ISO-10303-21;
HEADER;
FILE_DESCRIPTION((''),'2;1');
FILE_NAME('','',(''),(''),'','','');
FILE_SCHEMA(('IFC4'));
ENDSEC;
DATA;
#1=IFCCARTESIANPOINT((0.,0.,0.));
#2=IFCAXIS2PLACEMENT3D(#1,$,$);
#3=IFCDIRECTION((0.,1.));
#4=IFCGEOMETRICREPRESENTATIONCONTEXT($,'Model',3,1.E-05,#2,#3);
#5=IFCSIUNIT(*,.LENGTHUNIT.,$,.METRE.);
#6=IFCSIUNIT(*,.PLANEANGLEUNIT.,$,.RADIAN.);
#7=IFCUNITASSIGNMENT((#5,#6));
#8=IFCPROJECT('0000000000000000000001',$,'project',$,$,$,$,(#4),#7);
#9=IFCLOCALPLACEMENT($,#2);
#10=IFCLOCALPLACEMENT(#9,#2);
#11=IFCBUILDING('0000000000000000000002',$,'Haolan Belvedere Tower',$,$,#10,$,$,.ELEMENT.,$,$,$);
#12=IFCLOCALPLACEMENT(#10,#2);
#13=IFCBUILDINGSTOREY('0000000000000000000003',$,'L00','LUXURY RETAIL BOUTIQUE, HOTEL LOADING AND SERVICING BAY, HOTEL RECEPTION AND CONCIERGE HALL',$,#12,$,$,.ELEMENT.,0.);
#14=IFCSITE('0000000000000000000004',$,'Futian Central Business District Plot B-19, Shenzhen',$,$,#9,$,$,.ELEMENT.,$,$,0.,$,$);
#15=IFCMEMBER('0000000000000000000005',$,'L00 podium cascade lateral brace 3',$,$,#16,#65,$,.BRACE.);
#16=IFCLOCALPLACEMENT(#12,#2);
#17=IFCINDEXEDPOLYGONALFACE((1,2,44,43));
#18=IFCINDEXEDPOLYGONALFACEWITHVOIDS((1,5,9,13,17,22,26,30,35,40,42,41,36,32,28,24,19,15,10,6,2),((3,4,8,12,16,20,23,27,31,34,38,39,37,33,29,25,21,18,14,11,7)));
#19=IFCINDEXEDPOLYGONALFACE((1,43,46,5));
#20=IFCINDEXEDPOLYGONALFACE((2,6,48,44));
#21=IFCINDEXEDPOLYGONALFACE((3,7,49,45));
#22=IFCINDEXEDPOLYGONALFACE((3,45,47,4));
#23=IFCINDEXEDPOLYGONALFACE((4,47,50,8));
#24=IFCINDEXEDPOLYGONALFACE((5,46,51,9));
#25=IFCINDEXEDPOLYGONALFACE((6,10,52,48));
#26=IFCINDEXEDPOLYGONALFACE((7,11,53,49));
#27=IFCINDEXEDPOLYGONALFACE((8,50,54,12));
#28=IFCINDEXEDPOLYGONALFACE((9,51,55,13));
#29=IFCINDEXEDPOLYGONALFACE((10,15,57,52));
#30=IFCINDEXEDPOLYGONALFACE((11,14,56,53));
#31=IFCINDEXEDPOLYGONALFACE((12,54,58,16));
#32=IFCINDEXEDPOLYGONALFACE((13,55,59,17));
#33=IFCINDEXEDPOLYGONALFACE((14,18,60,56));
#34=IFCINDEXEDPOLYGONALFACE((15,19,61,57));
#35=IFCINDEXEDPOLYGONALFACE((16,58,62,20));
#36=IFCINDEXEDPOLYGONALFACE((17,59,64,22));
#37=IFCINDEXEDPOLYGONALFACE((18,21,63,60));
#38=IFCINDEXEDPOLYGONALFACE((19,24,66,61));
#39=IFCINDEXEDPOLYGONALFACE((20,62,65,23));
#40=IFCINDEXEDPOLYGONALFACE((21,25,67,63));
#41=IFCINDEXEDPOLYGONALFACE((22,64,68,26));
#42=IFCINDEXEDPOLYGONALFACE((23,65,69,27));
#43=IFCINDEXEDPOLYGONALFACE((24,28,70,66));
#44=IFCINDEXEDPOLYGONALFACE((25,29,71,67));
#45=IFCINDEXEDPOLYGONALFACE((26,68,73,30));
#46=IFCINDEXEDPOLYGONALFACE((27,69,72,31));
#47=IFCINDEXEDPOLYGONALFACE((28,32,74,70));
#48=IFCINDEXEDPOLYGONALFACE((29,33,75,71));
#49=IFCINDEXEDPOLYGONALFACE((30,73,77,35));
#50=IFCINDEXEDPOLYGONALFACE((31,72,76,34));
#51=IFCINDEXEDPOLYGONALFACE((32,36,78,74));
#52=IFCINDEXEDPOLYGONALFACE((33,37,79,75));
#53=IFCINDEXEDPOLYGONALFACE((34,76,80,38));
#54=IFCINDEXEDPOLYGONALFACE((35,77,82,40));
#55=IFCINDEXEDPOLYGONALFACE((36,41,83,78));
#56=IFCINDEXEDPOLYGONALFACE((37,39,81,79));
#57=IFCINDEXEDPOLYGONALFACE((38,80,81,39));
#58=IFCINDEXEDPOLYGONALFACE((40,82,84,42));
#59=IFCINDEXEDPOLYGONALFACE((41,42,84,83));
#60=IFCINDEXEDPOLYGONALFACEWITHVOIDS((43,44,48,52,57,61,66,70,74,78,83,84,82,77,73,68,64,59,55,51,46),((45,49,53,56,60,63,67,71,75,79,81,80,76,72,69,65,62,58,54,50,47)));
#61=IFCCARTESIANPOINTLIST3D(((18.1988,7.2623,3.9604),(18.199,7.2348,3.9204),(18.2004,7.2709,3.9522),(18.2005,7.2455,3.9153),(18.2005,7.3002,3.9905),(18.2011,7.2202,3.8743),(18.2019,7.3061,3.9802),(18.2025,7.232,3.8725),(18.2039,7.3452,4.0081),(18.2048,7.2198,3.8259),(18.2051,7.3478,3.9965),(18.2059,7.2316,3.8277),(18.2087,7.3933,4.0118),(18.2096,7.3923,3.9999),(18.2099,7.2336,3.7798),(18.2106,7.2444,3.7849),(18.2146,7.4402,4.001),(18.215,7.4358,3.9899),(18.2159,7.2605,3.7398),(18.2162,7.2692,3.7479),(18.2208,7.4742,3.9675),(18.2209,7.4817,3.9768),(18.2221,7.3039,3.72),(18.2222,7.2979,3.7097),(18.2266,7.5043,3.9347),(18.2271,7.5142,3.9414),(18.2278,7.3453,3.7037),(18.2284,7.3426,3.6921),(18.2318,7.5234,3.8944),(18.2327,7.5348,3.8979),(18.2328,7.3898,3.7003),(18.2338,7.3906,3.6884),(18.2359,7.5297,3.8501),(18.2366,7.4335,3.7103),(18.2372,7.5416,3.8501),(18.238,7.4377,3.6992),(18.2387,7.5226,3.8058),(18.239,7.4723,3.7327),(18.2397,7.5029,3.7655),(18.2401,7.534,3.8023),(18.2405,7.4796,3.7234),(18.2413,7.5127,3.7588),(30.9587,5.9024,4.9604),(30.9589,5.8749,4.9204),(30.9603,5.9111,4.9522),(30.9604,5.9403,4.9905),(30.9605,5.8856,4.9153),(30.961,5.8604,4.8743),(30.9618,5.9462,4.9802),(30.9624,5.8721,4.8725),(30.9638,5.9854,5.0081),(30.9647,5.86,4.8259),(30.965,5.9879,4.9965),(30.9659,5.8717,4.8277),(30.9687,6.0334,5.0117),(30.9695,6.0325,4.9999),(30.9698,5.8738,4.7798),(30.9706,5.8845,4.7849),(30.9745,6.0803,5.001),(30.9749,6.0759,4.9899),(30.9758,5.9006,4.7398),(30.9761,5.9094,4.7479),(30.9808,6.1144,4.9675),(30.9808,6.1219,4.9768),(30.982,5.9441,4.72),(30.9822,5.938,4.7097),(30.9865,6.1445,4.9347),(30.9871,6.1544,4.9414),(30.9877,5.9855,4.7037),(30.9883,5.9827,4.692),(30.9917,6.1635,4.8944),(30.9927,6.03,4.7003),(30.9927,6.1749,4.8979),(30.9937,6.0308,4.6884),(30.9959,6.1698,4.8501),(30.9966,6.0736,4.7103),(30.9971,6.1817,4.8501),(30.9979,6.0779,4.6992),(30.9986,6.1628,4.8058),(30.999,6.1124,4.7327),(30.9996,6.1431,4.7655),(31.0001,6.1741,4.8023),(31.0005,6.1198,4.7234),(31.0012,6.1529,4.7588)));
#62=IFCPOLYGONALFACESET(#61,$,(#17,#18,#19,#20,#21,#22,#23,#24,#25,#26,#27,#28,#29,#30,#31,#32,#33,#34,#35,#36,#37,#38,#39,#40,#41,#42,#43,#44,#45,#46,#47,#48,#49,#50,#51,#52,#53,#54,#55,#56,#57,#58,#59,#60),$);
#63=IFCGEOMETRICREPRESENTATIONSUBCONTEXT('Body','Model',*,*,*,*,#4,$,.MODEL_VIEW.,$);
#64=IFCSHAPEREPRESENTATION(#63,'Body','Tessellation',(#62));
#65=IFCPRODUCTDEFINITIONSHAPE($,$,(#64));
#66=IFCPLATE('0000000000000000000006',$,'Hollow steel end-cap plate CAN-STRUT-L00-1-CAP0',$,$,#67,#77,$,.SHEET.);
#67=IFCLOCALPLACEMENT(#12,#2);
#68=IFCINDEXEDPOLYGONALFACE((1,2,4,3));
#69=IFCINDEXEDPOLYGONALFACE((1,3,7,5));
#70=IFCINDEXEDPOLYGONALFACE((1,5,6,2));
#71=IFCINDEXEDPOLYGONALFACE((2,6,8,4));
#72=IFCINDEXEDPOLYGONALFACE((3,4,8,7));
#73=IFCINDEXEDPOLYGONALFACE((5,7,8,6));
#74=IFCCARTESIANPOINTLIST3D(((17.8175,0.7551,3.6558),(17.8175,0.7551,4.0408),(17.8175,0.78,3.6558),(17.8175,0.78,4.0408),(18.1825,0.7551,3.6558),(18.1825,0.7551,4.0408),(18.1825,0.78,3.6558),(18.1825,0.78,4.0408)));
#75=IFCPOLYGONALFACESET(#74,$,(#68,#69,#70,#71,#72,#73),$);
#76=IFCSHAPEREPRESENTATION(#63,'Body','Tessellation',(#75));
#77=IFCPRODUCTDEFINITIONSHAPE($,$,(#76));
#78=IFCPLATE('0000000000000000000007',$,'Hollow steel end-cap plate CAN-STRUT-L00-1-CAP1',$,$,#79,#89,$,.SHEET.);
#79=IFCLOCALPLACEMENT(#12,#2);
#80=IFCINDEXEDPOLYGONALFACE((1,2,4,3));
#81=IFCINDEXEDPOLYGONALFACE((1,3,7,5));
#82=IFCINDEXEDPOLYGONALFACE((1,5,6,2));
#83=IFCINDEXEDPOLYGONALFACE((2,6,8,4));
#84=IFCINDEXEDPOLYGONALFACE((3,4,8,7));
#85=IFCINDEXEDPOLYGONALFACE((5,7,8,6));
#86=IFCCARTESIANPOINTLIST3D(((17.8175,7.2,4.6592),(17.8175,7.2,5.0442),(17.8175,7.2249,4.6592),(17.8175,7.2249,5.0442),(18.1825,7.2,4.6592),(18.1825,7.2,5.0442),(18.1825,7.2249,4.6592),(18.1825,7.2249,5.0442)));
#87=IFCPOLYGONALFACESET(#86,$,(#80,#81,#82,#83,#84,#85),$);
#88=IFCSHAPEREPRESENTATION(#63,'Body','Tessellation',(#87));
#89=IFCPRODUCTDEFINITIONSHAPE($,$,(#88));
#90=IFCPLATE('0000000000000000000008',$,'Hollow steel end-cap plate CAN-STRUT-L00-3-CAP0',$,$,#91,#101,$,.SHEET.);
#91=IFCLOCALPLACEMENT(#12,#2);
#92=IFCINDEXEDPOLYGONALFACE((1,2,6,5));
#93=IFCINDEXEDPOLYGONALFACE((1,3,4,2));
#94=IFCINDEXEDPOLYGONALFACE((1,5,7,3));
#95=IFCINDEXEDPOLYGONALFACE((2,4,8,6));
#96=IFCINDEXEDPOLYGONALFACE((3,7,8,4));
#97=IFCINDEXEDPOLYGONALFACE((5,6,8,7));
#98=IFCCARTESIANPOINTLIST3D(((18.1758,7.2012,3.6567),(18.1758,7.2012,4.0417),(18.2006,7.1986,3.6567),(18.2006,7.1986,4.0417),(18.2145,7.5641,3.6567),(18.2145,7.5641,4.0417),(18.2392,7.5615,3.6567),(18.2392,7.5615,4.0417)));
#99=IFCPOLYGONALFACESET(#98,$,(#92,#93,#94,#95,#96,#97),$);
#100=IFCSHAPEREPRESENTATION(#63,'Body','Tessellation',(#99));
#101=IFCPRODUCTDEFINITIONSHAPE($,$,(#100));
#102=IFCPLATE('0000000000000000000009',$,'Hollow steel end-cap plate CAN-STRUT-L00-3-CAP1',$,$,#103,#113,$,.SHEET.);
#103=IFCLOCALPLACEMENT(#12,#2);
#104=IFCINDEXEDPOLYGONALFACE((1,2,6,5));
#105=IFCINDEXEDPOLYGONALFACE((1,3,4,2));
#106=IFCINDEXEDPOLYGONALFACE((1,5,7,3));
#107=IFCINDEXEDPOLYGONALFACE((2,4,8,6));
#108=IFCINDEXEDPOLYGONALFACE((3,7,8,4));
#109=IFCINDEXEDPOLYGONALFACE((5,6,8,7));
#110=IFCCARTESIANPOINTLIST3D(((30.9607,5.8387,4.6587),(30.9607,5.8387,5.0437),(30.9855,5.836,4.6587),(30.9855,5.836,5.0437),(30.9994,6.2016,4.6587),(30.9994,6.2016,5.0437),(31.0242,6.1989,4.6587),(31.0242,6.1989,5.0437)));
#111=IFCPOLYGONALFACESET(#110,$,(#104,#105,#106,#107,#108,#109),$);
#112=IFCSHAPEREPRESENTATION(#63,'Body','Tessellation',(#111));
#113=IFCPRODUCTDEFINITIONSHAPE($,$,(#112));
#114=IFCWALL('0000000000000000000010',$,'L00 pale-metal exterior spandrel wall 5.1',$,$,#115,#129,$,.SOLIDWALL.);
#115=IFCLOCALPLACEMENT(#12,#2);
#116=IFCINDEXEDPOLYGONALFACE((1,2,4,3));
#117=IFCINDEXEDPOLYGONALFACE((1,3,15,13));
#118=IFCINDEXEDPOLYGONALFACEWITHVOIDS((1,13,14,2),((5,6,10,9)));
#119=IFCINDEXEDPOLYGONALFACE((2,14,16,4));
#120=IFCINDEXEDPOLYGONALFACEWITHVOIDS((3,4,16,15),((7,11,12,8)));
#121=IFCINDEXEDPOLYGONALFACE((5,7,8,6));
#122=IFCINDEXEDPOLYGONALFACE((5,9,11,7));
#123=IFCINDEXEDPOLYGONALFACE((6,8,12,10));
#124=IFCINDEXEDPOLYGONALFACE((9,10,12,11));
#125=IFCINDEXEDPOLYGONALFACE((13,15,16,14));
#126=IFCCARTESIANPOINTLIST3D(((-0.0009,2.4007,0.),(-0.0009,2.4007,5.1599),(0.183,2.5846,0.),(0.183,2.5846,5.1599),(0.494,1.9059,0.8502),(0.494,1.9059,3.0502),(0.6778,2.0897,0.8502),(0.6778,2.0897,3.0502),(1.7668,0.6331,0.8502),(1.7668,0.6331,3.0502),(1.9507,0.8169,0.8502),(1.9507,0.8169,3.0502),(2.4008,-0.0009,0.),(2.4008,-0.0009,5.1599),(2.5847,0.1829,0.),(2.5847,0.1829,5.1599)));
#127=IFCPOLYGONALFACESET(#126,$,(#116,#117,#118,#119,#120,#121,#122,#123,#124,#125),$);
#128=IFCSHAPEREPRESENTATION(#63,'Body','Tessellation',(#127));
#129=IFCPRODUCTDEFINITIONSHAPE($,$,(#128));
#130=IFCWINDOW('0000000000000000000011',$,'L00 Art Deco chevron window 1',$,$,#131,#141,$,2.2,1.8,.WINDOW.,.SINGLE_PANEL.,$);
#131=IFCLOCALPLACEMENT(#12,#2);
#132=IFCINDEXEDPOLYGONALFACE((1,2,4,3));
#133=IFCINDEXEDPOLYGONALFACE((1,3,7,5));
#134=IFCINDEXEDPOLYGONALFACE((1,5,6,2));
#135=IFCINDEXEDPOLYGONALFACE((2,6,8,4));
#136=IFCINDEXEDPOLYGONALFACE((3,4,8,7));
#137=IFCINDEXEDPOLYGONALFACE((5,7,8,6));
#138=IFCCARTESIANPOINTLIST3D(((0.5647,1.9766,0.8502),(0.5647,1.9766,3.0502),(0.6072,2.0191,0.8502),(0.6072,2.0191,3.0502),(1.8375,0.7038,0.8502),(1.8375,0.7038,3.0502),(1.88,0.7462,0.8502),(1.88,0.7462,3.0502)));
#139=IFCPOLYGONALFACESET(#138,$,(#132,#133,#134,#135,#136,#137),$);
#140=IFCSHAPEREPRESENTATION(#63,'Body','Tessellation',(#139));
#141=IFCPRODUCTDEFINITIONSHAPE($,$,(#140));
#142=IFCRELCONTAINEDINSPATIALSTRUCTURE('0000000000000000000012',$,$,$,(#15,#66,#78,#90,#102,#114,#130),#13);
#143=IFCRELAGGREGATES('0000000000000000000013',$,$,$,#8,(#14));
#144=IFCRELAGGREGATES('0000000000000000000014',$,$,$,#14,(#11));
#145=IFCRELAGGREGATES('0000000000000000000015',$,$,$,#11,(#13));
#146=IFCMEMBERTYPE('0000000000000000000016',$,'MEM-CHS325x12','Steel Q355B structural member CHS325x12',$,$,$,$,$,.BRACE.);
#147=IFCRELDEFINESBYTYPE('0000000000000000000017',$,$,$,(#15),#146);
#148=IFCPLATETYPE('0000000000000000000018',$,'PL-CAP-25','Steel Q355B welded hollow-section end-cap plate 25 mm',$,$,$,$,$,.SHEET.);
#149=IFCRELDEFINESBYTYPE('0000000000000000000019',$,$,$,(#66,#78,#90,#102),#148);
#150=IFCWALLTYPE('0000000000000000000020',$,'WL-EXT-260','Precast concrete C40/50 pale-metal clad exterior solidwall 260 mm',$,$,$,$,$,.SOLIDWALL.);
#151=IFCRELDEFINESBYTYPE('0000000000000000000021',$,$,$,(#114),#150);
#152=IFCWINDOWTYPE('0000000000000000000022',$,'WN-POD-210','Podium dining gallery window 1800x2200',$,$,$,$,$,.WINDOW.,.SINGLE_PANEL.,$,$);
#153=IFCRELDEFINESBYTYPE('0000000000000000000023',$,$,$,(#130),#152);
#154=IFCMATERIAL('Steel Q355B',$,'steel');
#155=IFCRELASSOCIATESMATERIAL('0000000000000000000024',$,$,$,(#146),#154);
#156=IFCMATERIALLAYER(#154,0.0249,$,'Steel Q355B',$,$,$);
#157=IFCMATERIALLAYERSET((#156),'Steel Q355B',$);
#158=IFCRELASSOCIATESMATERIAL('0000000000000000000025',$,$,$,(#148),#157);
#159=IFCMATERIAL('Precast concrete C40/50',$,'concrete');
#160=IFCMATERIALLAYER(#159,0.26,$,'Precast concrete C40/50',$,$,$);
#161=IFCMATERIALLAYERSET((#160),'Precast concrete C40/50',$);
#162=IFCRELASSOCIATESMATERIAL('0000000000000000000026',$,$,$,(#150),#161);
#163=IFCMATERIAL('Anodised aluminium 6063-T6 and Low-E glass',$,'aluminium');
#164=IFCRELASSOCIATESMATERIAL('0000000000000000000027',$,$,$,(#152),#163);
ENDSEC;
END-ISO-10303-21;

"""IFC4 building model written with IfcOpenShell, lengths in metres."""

from ifc_helpers import new_model, si_unit, direction, frame, frame_2d, origin, origin_2d, place, context, subcontext, project, spatial, rectangle, hollow_circle, extrude, material, layer, layer_set, material_profile, profile_set, type_object, element, fill, save


model = new_model("IFC4")

# Units and contexts
model_context = context("Model", 3, precision=1e-05, world=origin(), true_north=direction((0.0, 1.0)))
body_context = subcontext(model_context, "Body", "Model", "MODEL_VIEW")
ifc_project = project(units=[si_unit("LENGTHUNIT", "METRE"), si_unit("PLANEANGLEUNIT", "RADIAN")], contexts=[model_context])

# Site, building, storey
site_placement = place(None, origin())
site = spatial("IfcSite", under=ifc_project, at=site_placement, Name="Futian Central Business District Plot B-19, Shenzhen", CompositionType="ELEMENT", RefElevation=0.0)
building_placement = place(site_placement, origin())
building = spatial("IfcBuilding", under=site, at=building_placement, Name="Haolan Belvedere Tower", CompositionType="ELEMENT")
storey_placement = place(building_placement, origin())
storey = spatial("IfcBuildingStorey", under=building, at=storey_placement, Name="L00", Description="LUXURY RETAIL BOUTIQUE, HOTEL LOADING AND SERVICING BAY, HOTEL RECEPTION AND CONCIERGE HALL", CompositionType="ELEMENT", Elevation=0.0)

# Shared definitions
ifc_material_1 = material(Name="Steel Q355B", Category="steel")

# Member
ifc_material_profile_1 = material_profile(ifc_material_1, hollow_circle(Radius=0.1626, WallThickness=0.012, at=origin_2d()), Name="Steel Q355B")
ifc_profile_set_1 = profile_set([ifc_material_profile_1], Name="Steel Q355B")
member_type = type_object("IfcMemberType", Name="MEM-CHS325x12", Description="Steel Q355B structural member CHS325x12", PredefinedType="BRACE", material=ifc_profile_set_1)
member_1_placement = place(storey_placement, frame((18.22, 7.3799, 3.8501), z_axis=(0.991363, -0.105652, 0.077693), x_axis=(0.105972, 0.994369, 0.0)))
element("IfcMember", 1, at=member_1_placement, inside=storey, type_object=member_type, Name="L00 podium cascade lateral brace 3", PredefinedType="BRACE", context=body_context, shape_type="SweptSolid", body=[
    extrude(hollow_circle(Radius=0.1626, WallThickness=0.012, at=origin_2d()), origin(), (0.0, 0.0, 1.0), 12.8711),
])

# Plates
ifc_layer_1 = layer(ifc_material_1, 0.0249, Name="Steel Q355B")
ifc_layer_set_1 = layer_set([ifc_layer_1], Name="Steel Q355B")
plate_type = type_object("IfcPlateType", Name="PL-CAP-25", Description="Steel Q355B welded hollow-section end-cap plate 25 mm", PredefinedType="SHEET", material=ifc_layer_set_1)
for number, where, z_axis, x_axis, name in (
    (2, (18.0, 0.7676, 3.6558), (0.0, 0.0, 1.0), (1.0, 0.0, 0.0), "Hollow steel end-cap plate CAN-STRUT-L00-1-CAP0"),
    (3, (18.0, 7.2124, 4.6592), (0.0, 0.0, 1.0), (-1.0, 0.0, 0.0), "Hollow steel end-cap plate CAN-STRUT-L00-1-CAP1"),
    (4, (18.2075, 7.3813, 3.6567), (0.0, 0.0, 1.0), (-0.105986, -0.994368, 0.0), "Hollow steel end-cap plate CAN-STRUT-L00-3-CAP0"),
    (5, (30.9924, 6.0188, 4.6587), (0.0, 0.0, 1.0), (0.105986, 0.994368, 0.0), "Hollow steel end-cap plate CAN-STRUT-L00-3-CAP1"),
):
    element("IfcPlate", number, at=place(storey_placement, frame(where, z_axis=z_axis, x_axis=x_axis)), inside=storey, type_object=plate_type, Name=name, PredefinedType="SHEET", context=body_context, shape_type="SweptSolid", body=[
        extrude(rectangle(XDim=0.365, YDim=0.0249, at=origin_2d()), origin(), (0.0, 0.0, 1.0), 0.385),
    ])

# Wall, opening, window
ifc_material_2 = material(Name="Precast concrete C40/50", Category="concrete")
ifc_layer_2 = layer(ifc_material_2, 0.26, Name="Precast concrete C40/50")
ifc_layer_set_2 = layer_set([ifc_layer_2], Name="Precast concrete C40/50")
wall_type_1 = type_object("IfcWallType", Name="WL-EXT-260", Description="Precast concrete C40/50 pale-metal clad exterior solidwall 260 mm", PredefinedType="SOLIDWALL", material=ifc_layer_set_2)
wall_1_placement = place(storey_placement, frame((0.0911, 2.4927, 0.0), z_axis=(0.0, 0.0, 1.0), x_axis=(0.707107, -0.707107, 0.0)))
wall_1 = element("IfcWall", 6, at=wall_1_placement, inside=storey, type_object=wall_type_1, Name="L00 pale-metal exterior spandrel wall 5.1", PredefinedType="SOLIDWALL", context=body_context, shape_type="SweptSolid", body=[
    extrude(rectangle(XDim=3.3965, YDim=0.26, at=frame_2d((1.6982, 0.0))), origin(), (0.0, 0.0, 1.0), 5.1599),
])
opening_1_placement = place(wall_1_placement, frame((0.7, 0.0, 0.8501)))
opening_1 = element("IfcOpeningElement", 7, at=opening_1_placement, cuts=wall_1, PredefinedType="OPENING", context=body_context, shape_type="SweptSolid", body=[
    extrude(rectangle(XDim=1.8, YDim=2.2, at=frame_2d((0.8999, 1.1001))), frame((0.0, 0.1399, 0.0), z_axis=(0.0, -1.0, 0.0), x_axis=(1.0, 0.0, 0.0)), (0.0, 0.0, 1.0), 0.28),
])
ifc_material_3 = material(Name="Anodised aluminium 6063-T6 and Low-E glass", Category="aluminium")
window_type = type_object("IfcWindowType", Name="WN-POD-210", Description="Podium dining gallery window 1800x2200", PartitioningType="SINGLE_PANEL", PredefinedType="WINDOW", material=ifc_material_3)
window_placement = place(opening_1_placement, origin())
window = element("IfcWindow", 8, at=window_placement, inside=storey, type_object=window_type, Name="L00 Art Deco chevron window 1", OverallHeight=2.2, OverallWidth=1.8, PartitioningType="SINGLE_PANEL", PredefinedType="WINDOW", context=body_context, shape_type="SweptSolid", body=[
    extrude(rectangle(XDim=1.8, YDim=2.2, at=frame_2d((0.8999, 1.1001))), frame((0.0, 0.03, 0.0), z_axis=(0.0, -1.0, 0.0), x_axis=(1.0, 0.0, 0.0)), (0.0, 0.0, 1.0), 0.0601),
])
fill(opening_1, window)

save(model, "model.ifc")
